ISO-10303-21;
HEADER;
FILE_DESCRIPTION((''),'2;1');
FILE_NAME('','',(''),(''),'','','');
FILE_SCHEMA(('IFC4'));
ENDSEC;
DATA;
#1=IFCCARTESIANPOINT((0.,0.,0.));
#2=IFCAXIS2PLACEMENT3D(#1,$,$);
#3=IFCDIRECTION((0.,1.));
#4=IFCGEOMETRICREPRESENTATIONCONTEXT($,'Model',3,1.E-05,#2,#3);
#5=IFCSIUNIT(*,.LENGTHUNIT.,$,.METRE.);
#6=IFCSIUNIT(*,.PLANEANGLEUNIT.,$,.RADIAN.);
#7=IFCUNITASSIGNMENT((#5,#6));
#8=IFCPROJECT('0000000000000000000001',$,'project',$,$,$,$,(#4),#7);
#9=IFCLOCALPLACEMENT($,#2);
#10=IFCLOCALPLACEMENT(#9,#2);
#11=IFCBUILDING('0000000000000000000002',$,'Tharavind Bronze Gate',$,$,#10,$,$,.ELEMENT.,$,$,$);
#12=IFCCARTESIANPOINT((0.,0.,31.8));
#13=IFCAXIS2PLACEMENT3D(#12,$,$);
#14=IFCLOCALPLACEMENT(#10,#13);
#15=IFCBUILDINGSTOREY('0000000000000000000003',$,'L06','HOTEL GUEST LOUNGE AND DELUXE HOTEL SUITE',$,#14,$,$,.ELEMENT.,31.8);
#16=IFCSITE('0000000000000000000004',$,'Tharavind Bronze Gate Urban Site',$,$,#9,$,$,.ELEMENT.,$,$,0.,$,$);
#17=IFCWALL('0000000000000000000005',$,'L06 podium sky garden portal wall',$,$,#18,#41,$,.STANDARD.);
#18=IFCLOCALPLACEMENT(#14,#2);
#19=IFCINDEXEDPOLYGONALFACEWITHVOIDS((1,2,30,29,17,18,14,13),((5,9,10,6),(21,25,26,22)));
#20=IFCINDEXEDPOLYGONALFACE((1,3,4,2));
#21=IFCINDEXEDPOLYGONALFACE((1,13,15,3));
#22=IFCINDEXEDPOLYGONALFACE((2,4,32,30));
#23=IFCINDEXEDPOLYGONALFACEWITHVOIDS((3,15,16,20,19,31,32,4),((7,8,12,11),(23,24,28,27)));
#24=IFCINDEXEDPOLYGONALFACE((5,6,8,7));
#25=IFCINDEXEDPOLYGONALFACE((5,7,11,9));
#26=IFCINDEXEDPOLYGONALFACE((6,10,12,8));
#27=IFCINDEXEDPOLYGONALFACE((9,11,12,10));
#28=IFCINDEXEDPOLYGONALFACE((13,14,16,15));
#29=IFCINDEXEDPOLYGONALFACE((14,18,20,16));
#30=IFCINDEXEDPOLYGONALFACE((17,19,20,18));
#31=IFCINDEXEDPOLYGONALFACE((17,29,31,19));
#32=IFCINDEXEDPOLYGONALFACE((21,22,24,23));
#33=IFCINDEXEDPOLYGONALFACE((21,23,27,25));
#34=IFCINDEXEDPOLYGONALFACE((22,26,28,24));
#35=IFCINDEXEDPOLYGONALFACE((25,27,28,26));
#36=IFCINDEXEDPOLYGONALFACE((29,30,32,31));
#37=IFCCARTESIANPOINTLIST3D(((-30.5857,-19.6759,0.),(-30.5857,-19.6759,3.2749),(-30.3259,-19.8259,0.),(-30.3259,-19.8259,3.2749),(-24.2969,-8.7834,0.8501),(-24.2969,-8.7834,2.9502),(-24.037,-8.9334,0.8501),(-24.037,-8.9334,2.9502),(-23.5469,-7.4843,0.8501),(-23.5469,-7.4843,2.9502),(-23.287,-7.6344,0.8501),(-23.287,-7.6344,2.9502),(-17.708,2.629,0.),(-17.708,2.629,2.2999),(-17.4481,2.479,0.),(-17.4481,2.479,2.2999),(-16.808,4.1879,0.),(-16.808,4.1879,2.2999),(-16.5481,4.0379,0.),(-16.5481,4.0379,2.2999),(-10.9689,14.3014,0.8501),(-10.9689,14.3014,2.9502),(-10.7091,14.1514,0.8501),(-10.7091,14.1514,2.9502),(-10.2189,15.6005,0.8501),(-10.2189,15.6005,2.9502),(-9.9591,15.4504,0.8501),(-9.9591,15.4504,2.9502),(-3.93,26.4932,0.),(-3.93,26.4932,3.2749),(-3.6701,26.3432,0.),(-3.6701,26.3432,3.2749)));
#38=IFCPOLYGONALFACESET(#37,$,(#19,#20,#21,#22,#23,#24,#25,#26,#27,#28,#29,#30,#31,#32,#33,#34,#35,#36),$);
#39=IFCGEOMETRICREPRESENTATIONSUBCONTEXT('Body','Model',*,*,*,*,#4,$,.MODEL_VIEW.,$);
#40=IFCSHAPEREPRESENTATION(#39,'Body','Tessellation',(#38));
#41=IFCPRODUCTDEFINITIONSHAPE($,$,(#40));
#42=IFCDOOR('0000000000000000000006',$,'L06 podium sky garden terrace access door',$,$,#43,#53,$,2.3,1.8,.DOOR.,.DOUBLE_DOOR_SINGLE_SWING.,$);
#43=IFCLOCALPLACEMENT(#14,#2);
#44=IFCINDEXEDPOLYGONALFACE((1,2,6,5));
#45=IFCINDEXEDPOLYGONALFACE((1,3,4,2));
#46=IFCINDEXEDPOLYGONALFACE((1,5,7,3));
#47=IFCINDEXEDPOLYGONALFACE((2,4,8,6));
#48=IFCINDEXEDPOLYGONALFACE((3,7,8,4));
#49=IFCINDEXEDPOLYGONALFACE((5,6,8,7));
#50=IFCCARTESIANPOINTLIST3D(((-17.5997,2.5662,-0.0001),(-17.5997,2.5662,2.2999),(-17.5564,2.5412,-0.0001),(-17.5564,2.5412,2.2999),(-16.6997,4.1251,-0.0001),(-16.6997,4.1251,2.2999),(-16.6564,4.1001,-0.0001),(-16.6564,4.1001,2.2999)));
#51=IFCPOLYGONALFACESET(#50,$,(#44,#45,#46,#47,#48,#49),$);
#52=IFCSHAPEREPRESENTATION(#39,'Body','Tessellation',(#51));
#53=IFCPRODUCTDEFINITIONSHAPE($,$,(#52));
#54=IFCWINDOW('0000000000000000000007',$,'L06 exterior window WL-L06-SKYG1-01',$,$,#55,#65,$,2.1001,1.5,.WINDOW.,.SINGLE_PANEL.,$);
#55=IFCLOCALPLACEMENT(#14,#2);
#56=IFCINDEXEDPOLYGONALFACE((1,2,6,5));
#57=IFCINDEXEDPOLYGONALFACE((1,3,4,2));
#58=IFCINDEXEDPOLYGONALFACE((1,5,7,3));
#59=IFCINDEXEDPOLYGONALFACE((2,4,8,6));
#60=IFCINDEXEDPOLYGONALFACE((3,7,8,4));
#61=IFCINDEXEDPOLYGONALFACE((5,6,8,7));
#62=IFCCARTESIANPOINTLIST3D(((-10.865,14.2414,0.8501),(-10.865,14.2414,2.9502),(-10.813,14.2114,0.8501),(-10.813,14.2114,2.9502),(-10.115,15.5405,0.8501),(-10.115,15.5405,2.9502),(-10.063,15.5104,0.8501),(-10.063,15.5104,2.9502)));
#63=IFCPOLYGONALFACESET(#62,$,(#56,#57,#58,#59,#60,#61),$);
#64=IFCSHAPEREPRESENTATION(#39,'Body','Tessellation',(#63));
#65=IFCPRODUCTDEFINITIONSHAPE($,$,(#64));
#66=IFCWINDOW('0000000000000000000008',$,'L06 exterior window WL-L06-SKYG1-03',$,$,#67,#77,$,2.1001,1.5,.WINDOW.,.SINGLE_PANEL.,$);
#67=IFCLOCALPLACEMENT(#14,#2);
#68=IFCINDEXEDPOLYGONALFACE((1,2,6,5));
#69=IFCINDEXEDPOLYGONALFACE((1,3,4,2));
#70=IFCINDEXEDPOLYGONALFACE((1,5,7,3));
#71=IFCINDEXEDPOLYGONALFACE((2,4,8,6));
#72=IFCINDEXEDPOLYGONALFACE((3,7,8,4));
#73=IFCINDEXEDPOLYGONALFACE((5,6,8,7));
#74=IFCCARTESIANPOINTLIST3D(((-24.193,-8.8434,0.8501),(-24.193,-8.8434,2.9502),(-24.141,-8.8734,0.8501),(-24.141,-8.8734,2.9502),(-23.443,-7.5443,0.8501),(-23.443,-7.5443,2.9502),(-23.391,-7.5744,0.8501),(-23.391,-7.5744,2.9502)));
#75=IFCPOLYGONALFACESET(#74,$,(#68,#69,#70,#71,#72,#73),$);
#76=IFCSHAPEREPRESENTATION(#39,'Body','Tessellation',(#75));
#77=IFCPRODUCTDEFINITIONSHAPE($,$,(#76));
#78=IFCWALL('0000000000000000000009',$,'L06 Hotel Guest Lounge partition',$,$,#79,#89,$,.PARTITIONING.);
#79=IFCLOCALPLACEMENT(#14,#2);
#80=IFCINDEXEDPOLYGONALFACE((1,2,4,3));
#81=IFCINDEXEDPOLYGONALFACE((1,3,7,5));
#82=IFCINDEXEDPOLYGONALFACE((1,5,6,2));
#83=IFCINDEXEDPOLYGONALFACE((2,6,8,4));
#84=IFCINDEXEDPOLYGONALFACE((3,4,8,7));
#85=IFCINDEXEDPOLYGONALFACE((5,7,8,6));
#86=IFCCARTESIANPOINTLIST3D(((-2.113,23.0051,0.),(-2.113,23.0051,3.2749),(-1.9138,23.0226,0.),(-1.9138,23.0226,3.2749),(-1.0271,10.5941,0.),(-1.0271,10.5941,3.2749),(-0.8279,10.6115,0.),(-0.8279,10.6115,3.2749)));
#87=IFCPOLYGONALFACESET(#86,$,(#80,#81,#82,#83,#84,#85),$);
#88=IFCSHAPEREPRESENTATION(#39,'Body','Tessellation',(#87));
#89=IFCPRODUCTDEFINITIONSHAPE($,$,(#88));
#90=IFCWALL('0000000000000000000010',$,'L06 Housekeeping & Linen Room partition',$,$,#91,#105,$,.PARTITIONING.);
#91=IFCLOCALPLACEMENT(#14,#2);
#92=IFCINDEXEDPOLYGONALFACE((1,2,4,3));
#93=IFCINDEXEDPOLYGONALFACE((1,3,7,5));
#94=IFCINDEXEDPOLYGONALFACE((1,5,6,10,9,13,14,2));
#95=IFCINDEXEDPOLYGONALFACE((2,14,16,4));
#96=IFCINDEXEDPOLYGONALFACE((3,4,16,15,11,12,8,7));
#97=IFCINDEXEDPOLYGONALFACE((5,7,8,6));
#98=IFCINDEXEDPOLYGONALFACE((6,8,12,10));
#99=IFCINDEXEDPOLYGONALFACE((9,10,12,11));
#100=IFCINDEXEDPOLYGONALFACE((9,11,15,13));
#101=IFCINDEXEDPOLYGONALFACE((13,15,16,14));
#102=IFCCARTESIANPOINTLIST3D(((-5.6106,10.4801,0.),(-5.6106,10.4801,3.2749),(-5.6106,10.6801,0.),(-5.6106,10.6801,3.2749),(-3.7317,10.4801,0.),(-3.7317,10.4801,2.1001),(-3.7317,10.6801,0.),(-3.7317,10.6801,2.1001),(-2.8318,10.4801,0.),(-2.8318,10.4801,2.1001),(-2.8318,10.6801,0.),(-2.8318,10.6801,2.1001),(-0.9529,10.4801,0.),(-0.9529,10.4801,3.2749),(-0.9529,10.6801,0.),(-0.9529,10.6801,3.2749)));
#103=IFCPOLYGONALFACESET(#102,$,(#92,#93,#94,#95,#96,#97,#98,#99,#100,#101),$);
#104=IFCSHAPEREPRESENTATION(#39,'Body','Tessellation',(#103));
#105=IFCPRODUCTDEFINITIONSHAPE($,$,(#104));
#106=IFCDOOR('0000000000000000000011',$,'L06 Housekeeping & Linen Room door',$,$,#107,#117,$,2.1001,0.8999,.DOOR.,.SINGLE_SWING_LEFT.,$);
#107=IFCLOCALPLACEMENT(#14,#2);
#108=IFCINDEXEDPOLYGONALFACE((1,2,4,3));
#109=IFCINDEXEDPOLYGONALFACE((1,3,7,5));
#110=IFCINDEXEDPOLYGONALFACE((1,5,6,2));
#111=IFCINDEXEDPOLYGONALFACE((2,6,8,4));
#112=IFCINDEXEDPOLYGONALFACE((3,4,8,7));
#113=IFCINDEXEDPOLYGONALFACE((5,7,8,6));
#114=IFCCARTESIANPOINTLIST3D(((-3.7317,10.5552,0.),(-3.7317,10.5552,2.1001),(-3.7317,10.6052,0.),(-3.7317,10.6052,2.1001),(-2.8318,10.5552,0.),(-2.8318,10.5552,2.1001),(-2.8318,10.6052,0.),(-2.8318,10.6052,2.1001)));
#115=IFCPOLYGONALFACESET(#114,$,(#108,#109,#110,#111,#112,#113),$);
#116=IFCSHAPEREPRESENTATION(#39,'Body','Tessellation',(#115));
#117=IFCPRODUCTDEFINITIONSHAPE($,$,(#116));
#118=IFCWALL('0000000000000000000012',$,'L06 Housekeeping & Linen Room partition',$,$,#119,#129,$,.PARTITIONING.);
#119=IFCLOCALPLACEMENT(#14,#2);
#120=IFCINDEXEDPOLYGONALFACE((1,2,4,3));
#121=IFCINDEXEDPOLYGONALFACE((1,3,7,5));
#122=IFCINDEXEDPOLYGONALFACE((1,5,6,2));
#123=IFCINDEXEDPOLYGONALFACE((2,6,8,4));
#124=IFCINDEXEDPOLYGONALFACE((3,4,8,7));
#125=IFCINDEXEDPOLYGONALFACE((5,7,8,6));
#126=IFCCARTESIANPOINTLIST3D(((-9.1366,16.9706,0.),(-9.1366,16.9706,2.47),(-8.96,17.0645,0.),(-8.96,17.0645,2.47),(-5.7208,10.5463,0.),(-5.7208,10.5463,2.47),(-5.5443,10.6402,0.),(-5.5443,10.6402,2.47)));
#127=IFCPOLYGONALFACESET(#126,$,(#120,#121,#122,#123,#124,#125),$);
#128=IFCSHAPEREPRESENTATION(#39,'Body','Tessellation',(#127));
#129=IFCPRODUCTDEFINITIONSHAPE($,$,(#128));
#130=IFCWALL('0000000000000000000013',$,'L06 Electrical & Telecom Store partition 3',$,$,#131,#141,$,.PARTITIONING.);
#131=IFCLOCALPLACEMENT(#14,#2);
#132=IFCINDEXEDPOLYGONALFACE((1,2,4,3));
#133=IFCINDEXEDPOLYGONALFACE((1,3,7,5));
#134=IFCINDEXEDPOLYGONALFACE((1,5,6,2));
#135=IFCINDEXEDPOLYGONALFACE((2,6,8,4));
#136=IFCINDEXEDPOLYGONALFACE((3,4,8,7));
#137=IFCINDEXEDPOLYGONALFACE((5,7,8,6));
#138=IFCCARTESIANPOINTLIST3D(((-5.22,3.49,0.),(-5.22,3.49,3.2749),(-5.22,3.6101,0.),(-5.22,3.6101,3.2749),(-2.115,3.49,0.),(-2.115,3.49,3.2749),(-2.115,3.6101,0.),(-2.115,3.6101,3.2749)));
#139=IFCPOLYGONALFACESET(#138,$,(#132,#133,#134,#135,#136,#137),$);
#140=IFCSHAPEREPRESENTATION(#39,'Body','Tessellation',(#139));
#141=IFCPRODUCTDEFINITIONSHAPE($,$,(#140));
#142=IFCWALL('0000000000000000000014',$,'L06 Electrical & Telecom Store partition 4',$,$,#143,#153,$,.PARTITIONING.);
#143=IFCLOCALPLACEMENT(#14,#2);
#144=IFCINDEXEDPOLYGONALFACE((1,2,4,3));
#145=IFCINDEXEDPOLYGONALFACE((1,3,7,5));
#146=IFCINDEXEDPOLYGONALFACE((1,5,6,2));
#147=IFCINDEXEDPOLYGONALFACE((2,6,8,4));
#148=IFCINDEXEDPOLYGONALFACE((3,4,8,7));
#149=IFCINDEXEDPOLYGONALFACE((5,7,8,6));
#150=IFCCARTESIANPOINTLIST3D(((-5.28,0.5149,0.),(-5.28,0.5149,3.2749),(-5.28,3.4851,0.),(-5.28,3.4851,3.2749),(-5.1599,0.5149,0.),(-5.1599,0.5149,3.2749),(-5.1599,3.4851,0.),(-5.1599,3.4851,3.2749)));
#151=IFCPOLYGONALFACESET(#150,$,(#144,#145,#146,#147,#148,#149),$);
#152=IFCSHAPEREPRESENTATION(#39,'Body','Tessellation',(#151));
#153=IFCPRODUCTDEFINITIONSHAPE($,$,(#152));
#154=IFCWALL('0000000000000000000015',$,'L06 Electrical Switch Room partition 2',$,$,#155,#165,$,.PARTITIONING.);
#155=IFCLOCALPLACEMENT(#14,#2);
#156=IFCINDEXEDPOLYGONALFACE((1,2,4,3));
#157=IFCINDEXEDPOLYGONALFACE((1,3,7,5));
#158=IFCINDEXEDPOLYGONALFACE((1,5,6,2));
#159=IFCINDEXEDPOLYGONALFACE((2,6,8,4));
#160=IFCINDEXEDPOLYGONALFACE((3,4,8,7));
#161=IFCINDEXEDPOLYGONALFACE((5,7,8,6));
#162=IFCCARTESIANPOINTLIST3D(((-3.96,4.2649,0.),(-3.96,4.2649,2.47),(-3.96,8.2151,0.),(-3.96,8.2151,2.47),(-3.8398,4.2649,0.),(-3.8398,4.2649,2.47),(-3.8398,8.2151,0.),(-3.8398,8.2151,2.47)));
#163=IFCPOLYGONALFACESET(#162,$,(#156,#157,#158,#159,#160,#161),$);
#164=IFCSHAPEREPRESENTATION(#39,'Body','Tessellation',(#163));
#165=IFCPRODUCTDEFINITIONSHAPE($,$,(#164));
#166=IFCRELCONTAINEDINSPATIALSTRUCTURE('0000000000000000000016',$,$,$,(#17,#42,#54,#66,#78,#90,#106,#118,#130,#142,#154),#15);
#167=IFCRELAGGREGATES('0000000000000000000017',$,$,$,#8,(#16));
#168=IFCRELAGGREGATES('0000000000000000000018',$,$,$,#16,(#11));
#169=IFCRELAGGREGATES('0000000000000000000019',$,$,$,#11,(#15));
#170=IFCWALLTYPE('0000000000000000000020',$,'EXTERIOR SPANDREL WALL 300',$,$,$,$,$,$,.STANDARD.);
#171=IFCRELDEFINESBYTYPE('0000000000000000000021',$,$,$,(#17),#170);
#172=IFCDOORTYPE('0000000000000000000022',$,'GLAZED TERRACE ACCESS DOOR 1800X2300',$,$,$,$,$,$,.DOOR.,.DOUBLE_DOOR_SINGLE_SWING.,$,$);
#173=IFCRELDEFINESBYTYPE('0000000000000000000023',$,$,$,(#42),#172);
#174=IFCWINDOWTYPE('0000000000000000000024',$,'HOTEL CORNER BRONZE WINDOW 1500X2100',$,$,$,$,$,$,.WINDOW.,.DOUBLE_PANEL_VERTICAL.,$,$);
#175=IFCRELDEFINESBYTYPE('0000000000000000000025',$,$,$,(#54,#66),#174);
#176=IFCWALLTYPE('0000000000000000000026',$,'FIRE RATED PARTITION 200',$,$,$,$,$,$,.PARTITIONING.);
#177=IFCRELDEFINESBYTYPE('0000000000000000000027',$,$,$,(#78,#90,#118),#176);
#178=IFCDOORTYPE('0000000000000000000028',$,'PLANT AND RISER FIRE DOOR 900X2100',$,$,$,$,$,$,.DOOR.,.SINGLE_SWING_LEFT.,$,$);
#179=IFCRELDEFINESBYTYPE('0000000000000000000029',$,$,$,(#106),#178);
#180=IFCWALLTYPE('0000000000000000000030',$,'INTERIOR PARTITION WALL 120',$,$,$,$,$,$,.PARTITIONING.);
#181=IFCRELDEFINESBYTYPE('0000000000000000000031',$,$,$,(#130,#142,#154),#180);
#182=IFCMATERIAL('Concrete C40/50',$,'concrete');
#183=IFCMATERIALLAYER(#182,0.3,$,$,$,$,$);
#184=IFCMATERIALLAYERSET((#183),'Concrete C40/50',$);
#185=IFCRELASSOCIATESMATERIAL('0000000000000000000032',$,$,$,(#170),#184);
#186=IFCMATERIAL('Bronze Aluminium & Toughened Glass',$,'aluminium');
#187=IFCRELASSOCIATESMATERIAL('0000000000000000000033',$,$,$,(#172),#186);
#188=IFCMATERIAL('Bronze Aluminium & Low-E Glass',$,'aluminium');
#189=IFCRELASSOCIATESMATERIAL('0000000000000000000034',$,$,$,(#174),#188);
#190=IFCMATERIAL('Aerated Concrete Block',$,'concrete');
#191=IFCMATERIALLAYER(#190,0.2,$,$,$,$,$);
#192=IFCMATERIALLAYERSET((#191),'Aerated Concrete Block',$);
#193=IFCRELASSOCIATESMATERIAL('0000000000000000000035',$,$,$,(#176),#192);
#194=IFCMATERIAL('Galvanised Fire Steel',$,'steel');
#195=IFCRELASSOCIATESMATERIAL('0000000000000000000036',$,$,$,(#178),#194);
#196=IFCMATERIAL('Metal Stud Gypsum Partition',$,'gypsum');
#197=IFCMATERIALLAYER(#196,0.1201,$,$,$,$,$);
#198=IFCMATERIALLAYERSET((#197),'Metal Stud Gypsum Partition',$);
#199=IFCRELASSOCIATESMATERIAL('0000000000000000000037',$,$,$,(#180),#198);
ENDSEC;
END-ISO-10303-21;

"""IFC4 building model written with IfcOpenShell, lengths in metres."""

from ifc_helpers import new_model, si_unit, direction, frame, frame_2d, origin, place, context, subcontext, project, spatial, rectangle, extrude, material, layer, layer_set, type_object, element, fill, save


model = new_model("IFC4")

# Units and contexts
model_context = context("Model", 3, precision=1e-05, world=origin(), true_north=direction((0.0, 1.0)))
body_context = subcontext(model_context, "Body", "Model", "MODEL_VIEW")
ifc_project = project(units=[si_unit("LENGTHUNIT", "METRE"), si_unit("PLANEANGLEUNIT", "RADIAN")], contexts=[model_context])

# Site, building, storey
site_placement = place(None, origin())
site = spatial("IfcSite", under=ifc_project, at=site_placement, Name="Tharavind Bronze Gate Urban Site", CompositionType="ELEMENT", RefElevation=0.0)
building_placement = place(site_placement, origin())
building = spatial("IfcBuilding", under=site, at=building_placement, Name="Tharavind Bronze Gate", CompositionType="ELEMENT")
storey_placement = place(building_placement, frame((0.0, 0.0, 31.8)))
storey = spatial("IfcBuildingStorey", under=building, at=storey_placement, Name="L06", Description="HOTEL GUEST LOUNGE AND DELUXE HOTEL SUITE", CompositionType="ELEMENT", Elevation=31.8)

# Shared definitions
ifc_material_1 = material(Name="Concrete C40/50", Category="concrete")
ifc_layer_1 = layer(ifc_material_1, 0.3)
ifc_layer_set_1 = layer_set([ifc_layer_1], Name="Concrete C40/50")
wall_type_1 = type_object("IfcWallType", Name="EXTERIOR SPANDREL WALL 300", PredefinedType="STANDARD", material=ifc_layer_set_1)

# Wall, openings, door, windows
wall_1_placement = place(storey_placement, frame((-3.8, 26.4182, 0.0), z_axis=(0.0, 0.0, 1.0), x_axis=(-0.5, -0.866026, 0.0)))
wall_1 = element("IfcWall", 1, at=wall_1_placement, inside=storey, type_object=wall_type_1, Name="L06 podium sky garden portal wall", PredefinedType="STANDARD", context=body_context, shape_type="SweptSolid", body=[
    extrude(rectangle(XDim=53.3115, YDim=0.3, at=frame_2d((26.6558, 0.0))), origin(), (0.0, 0.0, 1.0), 3.2749),
])
opening_1_placement = place(wall_1_placement, frame((25.7561, 0.0, 0.0)))
opening_1 = element("IfcOpeningElement", 2, at=opening_1_placement, cuts=wall_1, PredefinedType="OPENING", context=body_context, shape_type="SweptSolid", body=[
    extrude(rectangle(XDim=1.8, YDim=2.3, at=frame_2d((0.8999, 1.1499))), frame((0.0, 0.1599, 0.0), z_axis=(0.0, -1.0, 0.0), x_axis=(1.0, 0.0, 0.0)), (0.0, 0.0, 1.0), 0.32),
])
opening_2_placement = place(wall_1_placement, frame((12.5779, 0.0, 0.8501)))
opening_2 = element("IfcOpeningElement", 3, at=opening_2_placement, cuts=wall_1, PredefinedType="OPENING", context=body_context, shape_type="SweptSolid", body=[
    extrude(rectangle(XDim=1.5, YDim=2.1001, at=frame_2d((0.75, 1.05))), frame((0.0, 0.1599, 0.0), z_axis=(0.0, -1.0, 0.0), x_axis=(1.0, 0.0, 0.0)), (0.0, 0.0, 1.0), 0.32),
])
opening_3_placement = place(wall_1_placement, frame((39.2339, 0.0, 0.8501)))
opening_3 = element("IfcOpeningElement", 4, at=opening_3_placement, cuts=wall_1, PredefinedType="OPENING", context=body_context, shape_type="SweptSolid", body=[
    extrude(rectangle(XDim=1.5, YDim=2.1001, at=frame_2d((0.75, 1.05))), frame((0.0, 0.1599, 0.0), z_axis=(0.0, -1.0, 0.0), x_axis=(1.0, 0.0, 0.0)), (0.0, 0.0, 1.0), 0.32),
])
ifc_material_2 = material(Name="Bronze Aluminium & Toughened Glass", Category="aluminium")
door_type_1 = type_object("IfcDoorType", Name="GLAZED TERRACE ACCESS DOOR 1800X2300", OperationType="DOUBLE_DOOR_SINGLE_SWING", PredefinedType="DOOR", material=ifc_material_2)
door_1_placement = place(opening_1_placement, frame((1.8, 0.0, 0.0), z_axis=(0.0, 0.0, 1.0), x_axis=(-1.0, 0.0, 0.0)))
door_1 = element("IfcDoor", 5, at=door_1_placement, inside=storey, type_object=door_type_1, Name="L06 podium sky garden terrace access door", OperationType="DOUBLE_DOOR_SINGLE_SWING", OverallHeight=2.3, OverallWidth=1.8, PredefinedType="DOOR", context=body_context, shape_type="SweptSolid", body=[
    extrude(rectangle(XDim=1.8, YDim=2.3, at=frame_2d((0.8999, 1.1499))), frame((0.0, 0.0249, 0.0), z_axis=(0.0, -1.0, 0.0), x_axis=(1.0, 0.0, 0.0)), (0.0, 0.0, 1.0), 0.05),
])
fill(opening_1, door_1)
ifc_material_3 = material(Name="Bronze Aluminium & Low-E Glass", Category="aluminium")
window_type = type_object("IfcWindowType", Name="HOTEL CORNER BRONZE WINDOW 1500X2100", PartitioningType="DOUBLE_PANEL_VERTICAL", PredefinedType="WINDOW", material=ifc_material_3)
window_1_placement = place(opening_2_placement, origin())
window_1 = element("IfcWindow", 6, at=window_1_placement, inside=storey, type_object=window_type, Name="L06 exterior window WL-L06-SKYG1-01", OverallHeight=2.1001, OverallWidth=1.5, PartitioningType="SINGLE_PANEL", PredefinedType="WINDOW", context=body_context, shape_type="SweptSolid", body=[
    extrude(rectangle(XDim=1.5, YDim=2.1001, at=frame_2d((0.75, 1.05))), frame((0.0, 0.03, 0.0), z_axis=(0.0, -1.0, 0.0), x_axis=(1.0, 0.0, 0.0)), (0.0, 0.0, 1.0), 0.0601),
])
fill(opening_2, window_1)
window_2_placement = place(opening_3_placement, origin())
window_2 = element("IfcWindow", 7, at=window_2_placement, inside=storey, type_object=window_type, Name="L06 exterior window WL-L06-SKYG1-03", OverallHeight=2.1001, OverallWidth=1.5, PartitioningType="SINGLE_PANEL", PredefinedType="WINDOW", context=body_context, shape_type="SweptSolid", body=[
    extrude(rectangle(XDim=1.5, YDim=2.1001, at=frame_2d((0.75, 1.05))), frame((0.0, 0.03, 0.0), z_axis=(0.0, -1.0, 0.0), x_axis=(1.0, 0.0, 0.0)), (0.0, 0.0, 1.0), 0.0601),
])
fill(opening_3, window_2)

# Wall
ifc_material_4 = material(Name="Aerated Concrete Block", Category="concrete")
ifc_layer_2 = layer(ifc_material_4, 0.2)
ifc_layer_set_2 = layer_set([ifc_layer_2], Name="Aerated Concrete Block")
wall_type_2 = type_object("IfcWallType", Name="FIRE RATED PARTITION 200", PredefinedType="PARTITIONING", material=ifc_layer_set_2)
wall_2_placement = place(storey_placement, frame((-0.9275, 10.6028, 0.0), z_axis=(0.0, 0.0, 1.0), x_axis=(-0.087164, 0.996194, 0.0)))
element("IfcWall", 8, at=wall_2_placement, inside=storey, type_object=wall_type_2, Name="L06 Hotel Guest Lounge partition", PredefinedType="PARTITIONING", context=body_context, shape_type="SweptSolid", body=[
    extrude(rectangle(XDim=12.4585, YDim=0.2, at=frame_2d((6.2292, 0.0))), origin(), (0.0, 0.0, 1.0), 3.2749),
])

# Wall, opening, door
wall_3_placement = place(storey_placement, frame((-0.9529, 10.5801, 0.0), z_axis=(0.0, 0.0, 1.0), x_axis=(-1.0, 0.0, 0.0)))
wall_3 = element("IfcWall", 9, at=wall_3_placement, inside=storey, type_object=wall_type_2, Name="L06 Housekeeping & Linen Room partition", PredefinedType="PARTITIONING", context=body_context, shape_type="SweptSolid", body=[
    extrude(rectangle(XDim=4.6577, YDim=0.2, at=frame_2d((2.3289, 0.0))), origin(), (0.0, 0.0, 1.0), 3.2749),
])
opening_4_placement = place(wall_3_placement, frame((1.8789, 0.0, 0.0)))
opening_4 = element("IfcOpeningElement", 10, at=opening_4_placement, cuts=wall_3, PredefinedType="OPENING", context=body_context, shape_type="SweptSolid", body=[
    extrude(rectangle(XDim=0.8999, YDim=2.1001, at=frame_2d((0.45, 1.05))), frame((0.0, 0.1101, 0.0), z_axis=(0.0, -1.0, 0.0), x_axis=(1.0, 0.0, 0.0)), (0.0, 0.0, 1.0), 0.22),
])
ifc_material_5 = material(Name="Galvanised Fire Steel", Category="steel")
door_type_2 = type_object("IfcDoorType", Name="PLANT AND RISER FIRE DOOR 900X2100", OperationType="SINGLE_SWING_LEFT", PredefinedType="DOOR", material=ifc_material_5)
door_2_placement = place(opening_4_placement, origin())
door_2 = element("IfcDoor", 11, at=door_2_placement, inside=storey, type_object=door_type_2, Name="L06 Housekeeping & Linen Room door", OperationType="SINGLE_SWING_LEFT", OverallHeight=2.1001, OverallWidth=0.8999, PredefinedType="DOOR", context=body_context, shape_type="SweptSolid", body=[
    extrude(rectangle(XDim=0.8999, YDim=2.1001, at=frame_2d((0.45, 1.05))), frame((0.0, 0.0249, 0.0), z_axis=(0.0, -1.0, 0.0), x_axis=(1.0, 0.0, 0.0)), (0.0, 0.0, 1.0), 0.05),
])
fill(opening_4, door_2)

# Wall
wall_4_placement = place(storey_placement, frame((-5.6326, 10.5933, 0.0), z_axis=(0.0, 0.0, 1.0), x_axis=(-0.469461, 0.882953, 0.0)))
element("IfcWall", 12, at=wall_4_placement, inside=storey, type_object=wall_type_2, Name="L06 Housekeeping & Linen Room partition", PredefinedType="PARTITIONING", context=body_context, shape_type="SweptSolid", body=[
    extrude(rectangle(XDim=7.2759, YDim=0.2, at=frame_2d((3.6379, 0.0))), origin(), (0.0, 0.0, 1.0), 2.47),
])

# Walls
ifc_material_6 = material(Name="Metal Stud Gypsum Partition", Category="gypsum")
ifc_layer_3 = layer(ifc_material_6, 0.1201)
ifc_layer_set_3 = layer_set([ifc_layer_3], Name="Metal Stud Gypsum Partition")
wall_type_3 = type_object("IfcWallType", Name="INTERIOR PARTITION WALL 120", PredefinedType="PARTITIONING", material=ifc_layer_set_3)
wall_5_placement = place(storey_placement, frame((-2.115, 3.55, 0.0), z_axis=(0.0, 0.0, 1.0), x_axis=(-1.0, 0.0, 0.0)))
element("IfcWall", 13, at=wall_5_placement, inside=storey, type_object=wall_type_3, Name="L06 Electrical & Telecom Store partition 3", PredefinedType="PARTITIONING", context=body_context, shape_type="SweptSolid", body=[
    extrude(rectangle(XDim=3.105, YDim=0.1201, at=frame_2d((1.5525, 0.0))), origin(), (0.0, 0.0, 1.0), 3.2749),
])
wall_6_placement = place(storey_placement, frame((-5.22, 3.4851, 0.0), z_axis=(0.0, 0.0, 1.0), x_axis=(0.0, -1.0, 0.0)))
element("IfcWall", 14, at=wall_6_placement, inside=storey, type_object=wall_type_3, Name="L06 Electrical & Telecom Store partition 4", PredefinedType="PARTITIONING", context=body_context, shape_type="SweptSolid", body=[
    extrude(rectangle(XDim=2.9702, YDim=0.1201, at=frame_2d((1.4851, 0.0))), origin(), (0.0, 0.0, 1.0), 3.2749),
])
wall_7_placement = place(storey_placement, frame((-3.8999, 4.2649, 0.0), z_axis=(0.0, 0.0, 1.0), x_axis=(0.0, 1.0, 0.0)))
element("IfcWall", 15, at=wall_7_placement, inside=storey, type_object=wall_type_3, Name="L06 Electrical Switch Room partition 2", PredefinedType="PARTITIONING", context=body_context, shape_type="SweptSolid", body=[
    extrude(rectangle(XDim=3.9502, YDim=0.1201, at=frame_2d((1.9751, 0.0))), origin(), (0.0, 0.0, 1.0), 2.47),
])

save(model, "model.ifc")
